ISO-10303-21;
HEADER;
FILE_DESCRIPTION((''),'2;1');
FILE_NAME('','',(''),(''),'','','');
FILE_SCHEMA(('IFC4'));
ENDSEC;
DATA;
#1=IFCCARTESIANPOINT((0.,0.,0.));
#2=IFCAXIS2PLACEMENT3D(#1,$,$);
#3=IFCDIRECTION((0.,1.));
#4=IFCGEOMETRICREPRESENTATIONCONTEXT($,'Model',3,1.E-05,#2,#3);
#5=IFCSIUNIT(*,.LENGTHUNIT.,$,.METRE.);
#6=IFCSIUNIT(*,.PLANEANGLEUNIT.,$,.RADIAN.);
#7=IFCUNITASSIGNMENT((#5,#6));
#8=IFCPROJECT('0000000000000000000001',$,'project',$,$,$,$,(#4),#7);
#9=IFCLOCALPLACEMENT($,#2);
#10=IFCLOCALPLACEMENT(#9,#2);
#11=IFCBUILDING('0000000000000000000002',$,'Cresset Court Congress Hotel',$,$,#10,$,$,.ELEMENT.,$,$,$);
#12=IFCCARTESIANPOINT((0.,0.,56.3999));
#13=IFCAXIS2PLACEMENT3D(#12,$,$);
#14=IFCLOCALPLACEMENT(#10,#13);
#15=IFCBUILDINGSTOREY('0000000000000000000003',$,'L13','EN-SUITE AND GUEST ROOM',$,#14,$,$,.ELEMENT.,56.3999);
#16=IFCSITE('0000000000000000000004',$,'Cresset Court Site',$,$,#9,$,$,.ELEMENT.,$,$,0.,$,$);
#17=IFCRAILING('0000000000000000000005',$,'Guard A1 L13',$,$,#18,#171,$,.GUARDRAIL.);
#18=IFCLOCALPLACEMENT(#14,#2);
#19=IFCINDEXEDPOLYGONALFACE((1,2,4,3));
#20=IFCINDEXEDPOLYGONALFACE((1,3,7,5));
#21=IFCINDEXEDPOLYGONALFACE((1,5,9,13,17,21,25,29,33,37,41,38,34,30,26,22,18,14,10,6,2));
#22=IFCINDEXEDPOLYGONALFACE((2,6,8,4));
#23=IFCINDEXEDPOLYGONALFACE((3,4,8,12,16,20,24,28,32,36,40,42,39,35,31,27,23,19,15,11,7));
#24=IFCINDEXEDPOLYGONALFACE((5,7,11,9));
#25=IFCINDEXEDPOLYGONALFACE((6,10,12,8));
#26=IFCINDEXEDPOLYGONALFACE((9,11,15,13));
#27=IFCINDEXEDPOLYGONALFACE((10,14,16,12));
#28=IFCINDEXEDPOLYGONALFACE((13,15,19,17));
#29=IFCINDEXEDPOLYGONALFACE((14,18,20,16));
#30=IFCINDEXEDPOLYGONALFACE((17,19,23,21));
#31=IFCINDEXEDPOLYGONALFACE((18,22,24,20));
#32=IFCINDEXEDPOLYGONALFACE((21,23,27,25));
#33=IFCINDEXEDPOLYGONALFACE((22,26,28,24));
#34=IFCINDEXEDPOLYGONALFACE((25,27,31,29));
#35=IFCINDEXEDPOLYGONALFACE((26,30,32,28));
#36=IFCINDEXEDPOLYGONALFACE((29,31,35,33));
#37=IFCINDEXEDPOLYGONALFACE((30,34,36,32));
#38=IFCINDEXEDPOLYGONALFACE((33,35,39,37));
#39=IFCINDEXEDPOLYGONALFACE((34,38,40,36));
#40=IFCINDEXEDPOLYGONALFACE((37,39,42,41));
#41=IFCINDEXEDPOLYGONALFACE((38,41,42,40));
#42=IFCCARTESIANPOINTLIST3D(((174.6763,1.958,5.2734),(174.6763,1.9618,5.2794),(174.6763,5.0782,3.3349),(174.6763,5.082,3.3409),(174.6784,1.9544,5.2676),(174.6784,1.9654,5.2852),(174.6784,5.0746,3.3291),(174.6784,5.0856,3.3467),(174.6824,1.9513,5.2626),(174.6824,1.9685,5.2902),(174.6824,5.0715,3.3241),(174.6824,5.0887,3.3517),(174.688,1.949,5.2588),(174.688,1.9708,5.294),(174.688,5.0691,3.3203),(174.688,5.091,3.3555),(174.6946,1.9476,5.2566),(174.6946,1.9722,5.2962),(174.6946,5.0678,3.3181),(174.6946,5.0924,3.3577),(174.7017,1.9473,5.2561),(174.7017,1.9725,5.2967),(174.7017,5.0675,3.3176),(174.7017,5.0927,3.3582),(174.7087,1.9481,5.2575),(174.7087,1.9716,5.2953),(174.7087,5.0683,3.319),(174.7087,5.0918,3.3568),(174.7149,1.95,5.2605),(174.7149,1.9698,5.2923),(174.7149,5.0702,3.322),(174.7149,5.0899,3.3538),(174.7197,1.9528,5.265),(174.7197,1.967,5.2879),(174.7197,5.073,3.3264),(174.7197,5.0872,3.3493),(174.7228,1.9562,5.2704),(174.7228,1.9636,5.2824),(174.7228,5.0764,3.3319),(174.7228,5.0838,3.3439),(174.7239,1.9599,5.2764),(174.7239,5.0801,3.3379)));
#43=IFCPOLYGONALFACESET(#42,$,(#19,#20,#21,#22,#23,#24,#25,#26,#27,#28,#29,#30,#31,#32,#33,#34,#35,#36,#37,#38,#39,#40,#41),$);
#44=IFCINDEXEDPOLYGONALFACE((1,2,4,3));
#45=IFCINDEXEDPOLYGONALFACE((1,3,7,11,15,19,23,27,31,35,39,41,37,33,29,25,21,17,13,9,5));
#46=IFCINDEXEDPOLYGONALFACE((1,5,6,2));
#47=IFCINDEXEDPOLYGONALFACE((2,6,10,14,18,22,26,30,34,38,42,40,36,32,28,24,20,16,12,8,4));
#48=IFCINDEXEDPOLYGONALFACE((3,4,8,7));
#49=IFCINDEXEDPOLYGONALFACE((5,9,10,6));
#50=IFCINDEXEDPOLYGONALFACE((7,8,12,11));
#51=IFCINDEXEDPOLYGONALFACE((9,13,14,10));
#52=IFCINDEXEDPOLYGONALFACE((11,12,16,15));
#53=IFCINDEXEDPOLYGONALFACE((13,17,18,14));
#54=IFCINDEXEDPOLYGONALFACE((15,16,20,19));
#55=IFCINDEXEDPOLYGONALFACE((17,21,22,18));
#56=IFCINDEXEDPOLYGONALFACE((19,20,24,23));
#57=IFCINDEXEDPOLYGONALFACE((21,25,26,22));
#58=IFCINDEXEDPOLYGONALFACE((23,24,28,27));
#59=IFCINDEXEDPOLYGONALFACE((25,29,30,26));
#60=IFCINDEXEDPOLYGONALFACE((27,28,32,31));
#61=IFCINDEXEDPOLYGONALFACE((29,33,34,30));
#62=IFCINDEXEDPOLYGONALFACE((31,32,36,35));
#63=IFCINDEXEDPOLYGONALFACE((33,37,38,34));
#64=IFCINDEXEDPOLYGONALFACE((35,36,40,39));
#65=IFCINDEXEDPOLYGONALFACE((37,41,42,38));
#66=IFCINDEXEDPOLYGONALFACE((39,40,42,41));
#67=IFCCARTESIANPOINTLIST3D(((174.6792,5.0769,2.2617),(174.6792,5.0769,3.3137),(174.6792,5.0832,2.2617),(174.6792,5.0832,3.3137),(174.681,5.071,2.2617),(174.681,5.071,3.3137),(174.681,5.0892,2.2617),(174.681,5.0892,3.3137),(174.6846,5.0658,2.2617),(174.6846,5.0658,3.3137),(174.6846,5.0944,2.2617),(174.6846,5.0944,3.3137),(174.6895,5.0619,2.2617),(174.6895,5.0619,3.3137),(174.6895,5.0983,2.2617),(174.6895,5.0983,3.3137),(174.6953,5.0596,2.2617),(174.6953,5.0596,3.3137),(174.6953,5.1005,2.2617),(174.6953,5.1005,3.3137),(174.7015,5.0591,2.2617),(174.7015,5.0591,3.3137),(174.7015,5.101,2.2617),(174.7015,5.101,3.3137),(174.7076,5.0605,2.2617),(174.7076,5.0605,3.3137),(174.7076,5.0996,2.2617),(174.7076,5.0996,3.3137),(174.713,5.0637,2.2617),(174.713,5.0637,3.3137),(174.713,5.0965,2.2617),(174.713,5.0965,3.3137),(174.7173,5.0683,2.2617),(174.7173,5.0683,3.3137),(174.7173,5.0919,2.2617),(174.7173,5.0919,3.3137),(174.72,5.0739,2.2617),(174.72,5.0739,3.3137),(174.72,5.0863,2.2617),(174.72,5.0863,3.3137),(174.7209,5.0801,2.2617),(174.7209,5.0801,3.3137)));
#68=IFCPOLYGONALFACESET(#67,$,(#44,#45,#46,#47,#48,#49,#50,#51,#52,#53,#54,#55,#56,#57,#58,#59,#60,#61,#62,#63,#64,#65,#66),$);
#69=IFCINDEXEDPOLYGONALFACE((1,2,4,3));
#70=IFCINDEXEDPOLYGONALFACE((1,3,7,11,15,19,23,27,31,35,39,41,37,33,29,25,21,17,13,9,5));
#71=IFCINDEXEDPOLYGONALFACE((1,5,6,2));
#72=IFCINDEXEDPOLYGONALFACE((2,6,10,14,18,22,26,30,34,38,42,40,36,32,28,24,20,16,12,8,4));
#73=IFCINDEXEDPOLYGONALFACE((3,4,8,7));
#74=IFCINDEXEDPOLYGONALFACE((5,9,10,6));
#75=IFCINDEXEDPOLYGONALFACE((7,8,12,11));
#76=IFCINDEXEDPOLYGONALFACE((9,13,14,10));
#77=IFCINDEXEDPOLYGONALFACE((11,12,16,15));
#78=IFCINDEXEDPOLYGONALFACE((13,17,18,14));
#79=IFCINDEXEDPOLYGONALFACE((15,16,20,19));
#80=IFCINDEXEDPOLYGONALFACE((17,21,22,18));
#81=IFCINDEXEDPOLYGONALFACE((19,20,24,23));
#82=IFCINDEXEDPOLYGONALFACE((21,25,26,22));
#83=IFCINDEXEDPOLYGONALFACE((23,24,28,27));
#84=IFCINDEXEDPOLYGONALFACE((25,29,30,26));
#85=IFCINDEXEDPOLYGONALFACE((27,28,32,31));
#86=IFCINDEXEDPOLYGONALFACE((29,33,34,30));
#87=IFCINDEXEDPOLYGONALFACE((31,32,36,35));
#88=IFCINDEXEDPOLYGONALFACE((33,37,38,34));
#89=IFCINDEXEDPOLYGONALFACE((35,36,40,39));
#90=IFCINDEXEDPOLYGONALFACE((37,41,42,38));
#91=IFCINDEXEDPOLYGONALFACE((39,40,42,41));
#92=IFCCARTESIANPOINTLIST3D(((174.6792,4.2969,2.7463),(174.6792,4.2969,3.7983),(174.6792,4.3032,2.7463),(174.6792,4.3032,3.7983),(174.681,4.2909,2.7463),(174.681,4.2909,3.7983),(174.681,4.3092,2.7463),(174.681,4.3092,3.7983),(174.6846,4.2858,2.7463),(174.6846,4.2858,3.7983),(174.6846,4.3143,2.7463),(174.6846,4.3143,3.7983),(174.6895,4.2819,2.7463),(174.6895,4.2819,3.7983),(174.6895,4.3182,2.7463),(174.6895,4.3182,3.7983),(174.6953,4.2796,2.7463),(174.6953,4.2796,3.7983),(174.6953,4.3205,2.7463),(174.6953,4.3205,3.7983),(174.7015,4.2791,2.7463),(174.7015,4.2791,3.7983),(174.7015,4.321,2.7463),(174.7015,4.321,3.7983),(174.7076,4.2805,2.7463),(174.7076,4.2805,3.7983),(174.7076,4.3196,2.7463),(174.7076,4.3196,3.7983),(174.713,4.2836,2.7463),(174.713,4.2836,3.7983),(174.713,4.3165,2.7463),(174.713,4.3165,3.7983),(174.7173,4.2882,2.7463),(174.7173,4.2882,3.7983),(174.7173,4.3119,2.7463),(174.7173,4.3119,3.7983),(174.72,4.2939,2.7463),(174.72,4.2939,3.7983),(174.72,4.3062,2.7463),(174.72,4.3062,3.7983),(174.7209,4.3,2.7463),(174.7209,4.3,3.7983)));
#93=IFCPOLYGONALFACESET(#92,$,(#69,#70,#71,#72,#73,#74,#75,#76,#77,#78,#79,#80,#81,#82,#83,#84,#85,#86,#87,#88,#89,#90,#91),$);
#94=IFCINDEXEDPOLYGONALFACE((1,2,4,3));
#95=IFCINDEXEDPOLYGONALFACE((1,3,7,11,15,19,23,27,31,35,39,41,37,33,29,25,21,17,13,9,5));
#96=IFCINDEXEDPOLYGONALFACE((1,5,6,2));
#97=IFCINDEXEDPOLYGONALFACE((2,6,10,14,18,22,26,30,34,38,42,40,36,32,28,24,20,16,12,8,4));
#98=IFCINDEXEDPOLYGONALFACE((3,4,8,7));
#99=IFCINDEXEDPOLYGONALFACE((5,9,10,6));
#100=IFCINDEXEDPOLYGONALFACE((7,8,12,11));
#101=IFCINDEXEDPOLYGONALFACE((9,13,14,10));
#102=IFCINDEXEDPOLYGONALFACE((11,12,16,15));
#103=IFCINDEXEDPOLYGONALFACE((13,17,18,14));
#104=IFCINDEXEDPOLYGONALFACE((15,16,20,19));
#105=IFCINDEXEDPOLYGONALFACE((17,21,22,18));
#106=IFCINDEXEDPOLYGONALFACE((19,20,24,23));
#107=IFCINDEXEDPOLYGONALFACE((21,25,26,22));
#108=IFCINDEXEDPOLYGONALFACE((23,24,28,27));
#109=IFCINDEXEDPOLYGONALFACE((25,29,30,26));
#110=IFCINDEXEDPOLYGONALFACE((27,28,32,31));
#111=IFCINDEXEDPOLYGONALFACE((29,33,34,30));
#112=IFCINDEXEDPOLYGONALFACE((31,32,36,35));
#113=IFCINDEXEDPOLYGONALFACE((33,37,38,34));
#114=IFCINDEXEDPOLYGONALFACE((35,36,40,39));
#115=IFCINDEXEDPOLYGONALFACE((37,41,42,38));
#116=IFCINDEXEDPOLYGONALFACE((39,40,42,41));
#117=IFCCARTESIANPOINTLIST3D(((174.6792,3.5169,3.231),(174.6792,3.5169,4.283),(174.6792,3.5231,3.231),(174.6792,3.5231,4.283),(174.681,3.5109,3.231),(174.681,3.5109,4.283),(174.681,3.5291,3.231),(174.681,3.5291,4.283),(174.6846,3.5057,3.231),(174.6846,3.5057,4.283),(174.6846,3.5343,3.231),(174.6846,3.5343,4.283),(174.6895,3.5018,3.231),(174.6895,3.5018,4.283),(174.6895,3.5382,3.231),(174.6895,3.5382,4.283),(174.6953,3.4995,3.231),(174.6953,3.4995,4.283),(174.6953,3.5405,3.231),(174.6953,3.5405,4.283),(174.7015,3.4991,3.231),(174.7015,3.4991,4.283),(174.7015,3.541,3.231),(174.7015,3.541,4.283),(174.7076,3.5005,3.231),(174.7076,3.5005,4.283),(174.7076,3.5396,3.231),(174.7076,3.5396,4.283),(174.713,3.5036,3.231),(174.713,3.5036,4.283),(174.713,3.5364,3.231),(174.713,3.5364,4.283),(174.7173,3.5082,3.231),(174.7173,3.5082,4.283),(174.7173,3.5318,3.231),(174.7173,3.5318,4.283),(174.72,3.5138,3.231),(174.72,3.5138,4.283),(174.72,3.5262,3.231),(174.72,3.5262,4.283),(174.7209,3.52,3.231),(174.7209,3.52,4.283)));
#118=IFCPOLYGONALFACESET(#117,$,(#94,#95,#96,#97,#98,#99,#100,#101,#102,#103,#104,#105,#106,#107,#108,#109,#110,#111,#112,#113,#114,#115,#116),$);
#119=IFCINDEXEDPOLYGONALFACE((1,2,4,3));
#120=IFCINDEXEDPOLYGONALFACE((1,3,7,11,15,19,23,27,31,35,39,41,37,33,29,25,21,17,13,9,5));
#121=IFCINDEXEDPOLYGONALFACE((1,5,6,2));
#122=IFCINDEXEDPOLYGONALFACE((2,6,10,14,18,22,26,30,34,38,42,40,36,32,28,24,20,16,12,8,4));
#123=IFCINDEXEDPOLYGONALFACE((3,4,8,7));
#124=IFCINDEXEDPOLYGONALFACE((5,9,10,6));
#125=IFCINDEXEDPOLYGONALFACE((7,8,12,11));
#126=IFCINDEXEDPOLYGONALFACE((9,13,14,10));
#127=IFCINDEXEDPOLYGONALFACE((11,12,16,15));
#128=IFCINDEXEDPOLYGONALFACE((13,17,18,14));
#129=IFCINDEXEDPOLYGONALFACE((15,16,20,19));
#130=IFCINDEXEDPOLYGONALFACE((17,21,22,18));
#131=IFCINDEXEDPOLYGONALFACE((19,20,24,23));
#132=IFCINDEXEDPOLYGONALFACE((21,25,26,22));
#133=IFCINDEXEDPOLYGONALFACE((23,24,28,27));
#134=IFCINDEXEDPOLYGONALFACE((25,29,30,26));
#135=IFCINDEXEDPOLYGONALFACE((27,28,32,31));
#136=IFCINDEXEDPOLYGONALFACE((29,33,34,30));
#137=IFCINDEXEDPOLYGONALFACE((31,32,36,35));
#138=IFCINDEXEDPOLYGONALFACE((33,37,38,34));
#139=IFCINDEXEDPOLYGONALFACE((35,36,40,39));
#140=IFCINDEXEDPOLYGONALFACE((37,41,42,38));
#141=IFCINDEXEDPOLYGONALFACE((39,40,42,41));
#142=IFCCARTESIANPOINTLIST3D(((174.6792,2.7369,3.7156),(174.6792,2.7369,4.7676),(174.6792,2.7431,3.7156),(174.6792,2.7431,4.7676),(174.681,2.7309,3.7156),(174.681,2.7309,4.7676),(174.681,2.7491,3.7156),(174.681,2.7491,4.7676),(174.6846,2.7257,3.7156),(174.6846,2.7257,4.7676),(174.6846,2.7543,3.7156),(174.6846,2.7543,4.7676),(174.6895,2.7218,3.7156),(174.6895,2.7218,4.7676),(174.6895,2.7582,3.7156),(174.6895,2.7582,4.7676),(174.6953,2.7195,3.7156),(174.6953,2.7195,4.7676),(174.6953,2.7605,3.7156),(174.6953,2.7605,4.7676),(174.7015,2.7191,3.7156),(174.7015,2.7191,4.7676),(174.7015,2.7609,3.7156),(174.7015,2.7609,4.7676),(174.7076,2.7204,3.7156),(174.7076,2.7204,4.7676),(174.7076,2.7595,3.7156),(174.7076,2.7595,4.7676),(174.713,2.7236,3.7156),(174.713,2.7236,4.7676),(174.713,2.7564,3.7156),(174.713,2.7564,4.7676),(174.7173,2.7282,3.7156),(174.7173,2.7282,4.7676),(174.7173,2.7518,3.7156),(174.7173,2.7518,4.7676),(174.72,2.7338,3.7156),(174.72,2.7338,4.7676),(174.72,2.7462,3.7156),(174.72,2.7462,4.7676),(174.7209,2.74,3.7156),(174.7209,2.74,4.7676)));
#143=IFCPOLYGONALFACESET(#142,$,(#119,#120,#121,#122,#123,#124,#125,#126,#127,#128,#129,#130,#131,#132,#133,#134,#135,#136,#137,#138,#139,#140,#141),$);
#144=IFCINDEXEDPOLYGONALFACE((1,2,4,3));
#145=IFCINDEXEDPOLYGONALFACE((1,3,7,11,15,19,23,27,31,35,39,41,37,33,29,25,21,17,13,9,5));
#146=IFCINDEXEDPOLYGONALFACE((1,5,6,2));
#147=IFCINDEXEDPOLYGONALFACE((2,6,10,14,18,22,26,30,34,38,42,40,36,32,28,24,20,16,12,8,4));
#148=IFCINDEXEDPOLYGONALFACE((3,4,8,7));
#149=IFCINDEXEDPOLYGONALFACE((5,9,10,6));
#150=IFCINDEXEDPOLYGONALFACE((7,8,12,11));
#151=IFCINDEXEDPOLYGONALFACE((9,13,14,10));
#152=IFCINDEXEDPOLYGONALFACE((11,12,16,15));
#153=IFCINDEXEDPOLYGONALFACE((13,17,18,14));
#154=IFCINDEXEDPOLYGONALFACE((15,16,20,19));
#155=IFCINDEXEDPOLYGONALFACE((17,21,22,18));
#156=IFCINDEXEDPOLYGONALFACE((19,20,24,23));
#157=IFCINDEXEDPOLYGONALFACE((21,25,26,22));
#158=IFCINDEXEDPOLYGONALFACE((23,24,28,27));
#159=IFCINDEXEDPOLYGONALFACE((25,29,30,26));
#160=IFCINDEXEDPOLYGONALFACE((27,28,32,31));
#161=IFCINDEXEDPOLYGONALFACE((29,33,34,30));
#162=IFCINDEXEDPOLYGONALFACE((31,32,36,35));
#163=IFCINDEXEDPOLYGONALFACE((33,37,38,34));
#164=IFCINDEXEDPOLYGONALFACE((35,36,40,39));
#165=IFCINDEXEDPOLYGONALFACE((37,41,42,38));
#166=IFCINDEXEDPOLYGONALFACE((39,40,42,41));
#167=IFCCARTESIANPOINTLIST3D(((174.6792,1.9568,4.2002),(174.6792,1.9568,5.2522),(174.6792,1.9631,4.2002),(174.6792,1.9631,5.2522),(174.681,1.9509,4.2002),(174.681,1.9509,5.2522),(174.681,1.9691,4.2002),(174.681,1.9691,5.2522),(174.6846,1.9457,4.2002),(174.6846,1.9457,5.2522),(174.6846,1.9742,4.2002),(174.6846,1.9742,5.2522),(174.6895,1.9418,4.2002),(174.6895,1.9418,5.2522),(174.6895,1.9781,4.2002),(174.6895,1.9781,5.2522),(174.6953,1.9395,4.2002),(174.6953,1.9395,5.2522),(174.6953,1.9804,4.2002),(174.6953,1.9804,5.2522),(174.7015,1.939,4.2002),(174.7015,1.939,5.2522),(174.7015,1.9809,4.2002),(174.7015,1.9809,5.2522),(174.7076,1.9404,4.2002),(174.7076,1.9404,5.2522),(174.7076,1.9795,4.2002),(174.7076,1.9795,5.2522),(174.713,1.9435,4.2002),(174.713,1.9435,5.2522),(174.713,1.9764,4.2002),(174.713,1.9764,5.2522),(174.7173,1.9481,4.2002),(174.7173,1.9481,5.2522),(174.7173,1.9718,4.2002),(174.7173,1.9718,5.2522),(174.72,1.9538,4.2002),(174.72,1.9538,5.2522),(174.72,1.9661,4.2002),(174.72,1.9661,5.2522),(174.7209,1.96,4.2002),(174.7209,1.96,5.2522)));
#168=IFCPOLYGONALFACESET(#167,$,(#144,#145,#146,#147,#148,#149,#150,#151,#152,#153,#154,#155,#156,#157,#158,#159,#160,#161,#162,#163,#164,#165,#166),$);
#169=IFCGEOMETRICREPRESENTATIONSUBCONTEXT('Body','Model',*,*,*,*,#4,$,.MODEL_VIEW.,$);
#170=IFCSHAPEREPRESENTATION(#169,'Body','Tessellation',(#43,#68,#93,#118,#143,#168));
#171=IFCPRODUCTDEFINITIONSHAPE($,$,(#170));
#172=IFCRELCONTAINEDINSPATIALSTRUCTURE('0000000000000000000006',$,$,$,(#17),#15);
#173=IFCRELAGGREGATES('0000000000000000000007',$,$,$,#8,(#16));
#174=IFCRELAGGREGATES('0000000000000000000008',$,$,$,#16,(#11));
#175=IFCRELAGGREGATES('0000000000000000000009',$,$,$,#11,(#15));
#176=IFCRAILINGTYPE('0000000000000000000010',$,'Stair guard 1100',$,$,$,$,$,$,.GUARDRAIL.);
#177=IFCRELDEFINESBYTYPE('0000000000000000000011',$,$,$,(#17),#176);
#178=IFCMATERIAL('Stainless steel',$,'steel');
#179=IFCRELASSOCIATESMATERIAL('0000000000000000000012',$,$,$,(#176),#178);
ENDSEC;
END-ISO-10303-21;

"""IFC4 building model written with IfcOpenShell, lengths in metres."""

from ifc_helpers import new_model, si_unit, direction, frame, origin, origin_2d, place, context, subcontext, project, spatial, circle, extrude, material, type_object, element, save


model = new_model("IFC4")

# Units and contexts
model_context = context("Model", 3, precision=1e-05, world=origin(), true_north=direction((0.0, 1.0)))
body_context = subcontext(model_context, "Body", "Model", "MODEL_VIEW")
ifc_project = project(units=[si_unit("LENGTHUNIT", "METRE"), si_unit("PLANEANGLEUNIT", "RADIAN")], contexts=[model_context])

# Site, building, storey
site_placement = place(None, origin())
site = spatial("IfcSite", under=ifc_project, at=site_placement, Name="Cresset Court Site", CompositionType="ELEMENT", RefElevation=0.0)
building_placement = place(site_placement, origin())
building = spatial("IfcBuilding", under=site, at=building_placement, Name="Cresset Court Congress Hotel", CompositionType="ELEMENT")
storey_placement = place(building_placement, frame((0.0, 0.0, 56.3999)))
storey = spatial("IfcBuildingStorey", under=building, at=storey_placement, Name="L13", Description="EN-SUITE AND GUEST ROOM", CompositionType="ELEMENT", Elevation=56.3999)

# Railing
ifc_material_1 = material(Name="Stainless steel", Category="steel")
railing_type_1 = type_object("IfcRailingType", Name="Stair guard 1100", PredefinedType="GUARDRAIL", material=ifc_material_1)
railing_1_placement = place(storey_placement, frame((174.7, 5.0801, 2.2617)))
element("IfcRailing", 1, at=railing_1_placement, inside=storey, type_object=railing_type_1, Name="Guard A1 L13", PredefinedType="GUARDRAIL", context=body_context, shape_type="SweptSolid", body=[
    extrude(circle(Radius=0.0239, at=origin_2d()), frame((0.0, 0.0, 1.0762), z_axis=(0.0, -0.849414, 0.527727), x_axis=(1.0, 0.0, 0.0)), (0.0, 0.0, 1.0), 3.6733),
    extrude(circle(Radius=0.021, at=origin_2d()), origin(), (0.0, 0.0, 1.0), 1.052),
    extrude(circle(Radius=0.021, at=origin_2d()), frame((0.0, -0.78, 0.4846)), (0.0, 0.0, 1.0), 1.052),
    extrude(circle(Radius=0.021, at=origin_2d()), frame((0.0, -1.5601, 0.9692)), (0.0, 0.0, 1.0), 1.052),
    extrude(circle(Radius=0.021, at=origin_2d()), frame((0.0, -2.3401, 1.4539)), (0.0, 0.0, 1.0), 1.052),
    extrude(circle(Radius=0.021, at=origin_2d()), frame((0.0, -3.1201, 1.9385)), (0.0, 0.0, 1.0), 1.052),
])

save(model, "model.ifc")
